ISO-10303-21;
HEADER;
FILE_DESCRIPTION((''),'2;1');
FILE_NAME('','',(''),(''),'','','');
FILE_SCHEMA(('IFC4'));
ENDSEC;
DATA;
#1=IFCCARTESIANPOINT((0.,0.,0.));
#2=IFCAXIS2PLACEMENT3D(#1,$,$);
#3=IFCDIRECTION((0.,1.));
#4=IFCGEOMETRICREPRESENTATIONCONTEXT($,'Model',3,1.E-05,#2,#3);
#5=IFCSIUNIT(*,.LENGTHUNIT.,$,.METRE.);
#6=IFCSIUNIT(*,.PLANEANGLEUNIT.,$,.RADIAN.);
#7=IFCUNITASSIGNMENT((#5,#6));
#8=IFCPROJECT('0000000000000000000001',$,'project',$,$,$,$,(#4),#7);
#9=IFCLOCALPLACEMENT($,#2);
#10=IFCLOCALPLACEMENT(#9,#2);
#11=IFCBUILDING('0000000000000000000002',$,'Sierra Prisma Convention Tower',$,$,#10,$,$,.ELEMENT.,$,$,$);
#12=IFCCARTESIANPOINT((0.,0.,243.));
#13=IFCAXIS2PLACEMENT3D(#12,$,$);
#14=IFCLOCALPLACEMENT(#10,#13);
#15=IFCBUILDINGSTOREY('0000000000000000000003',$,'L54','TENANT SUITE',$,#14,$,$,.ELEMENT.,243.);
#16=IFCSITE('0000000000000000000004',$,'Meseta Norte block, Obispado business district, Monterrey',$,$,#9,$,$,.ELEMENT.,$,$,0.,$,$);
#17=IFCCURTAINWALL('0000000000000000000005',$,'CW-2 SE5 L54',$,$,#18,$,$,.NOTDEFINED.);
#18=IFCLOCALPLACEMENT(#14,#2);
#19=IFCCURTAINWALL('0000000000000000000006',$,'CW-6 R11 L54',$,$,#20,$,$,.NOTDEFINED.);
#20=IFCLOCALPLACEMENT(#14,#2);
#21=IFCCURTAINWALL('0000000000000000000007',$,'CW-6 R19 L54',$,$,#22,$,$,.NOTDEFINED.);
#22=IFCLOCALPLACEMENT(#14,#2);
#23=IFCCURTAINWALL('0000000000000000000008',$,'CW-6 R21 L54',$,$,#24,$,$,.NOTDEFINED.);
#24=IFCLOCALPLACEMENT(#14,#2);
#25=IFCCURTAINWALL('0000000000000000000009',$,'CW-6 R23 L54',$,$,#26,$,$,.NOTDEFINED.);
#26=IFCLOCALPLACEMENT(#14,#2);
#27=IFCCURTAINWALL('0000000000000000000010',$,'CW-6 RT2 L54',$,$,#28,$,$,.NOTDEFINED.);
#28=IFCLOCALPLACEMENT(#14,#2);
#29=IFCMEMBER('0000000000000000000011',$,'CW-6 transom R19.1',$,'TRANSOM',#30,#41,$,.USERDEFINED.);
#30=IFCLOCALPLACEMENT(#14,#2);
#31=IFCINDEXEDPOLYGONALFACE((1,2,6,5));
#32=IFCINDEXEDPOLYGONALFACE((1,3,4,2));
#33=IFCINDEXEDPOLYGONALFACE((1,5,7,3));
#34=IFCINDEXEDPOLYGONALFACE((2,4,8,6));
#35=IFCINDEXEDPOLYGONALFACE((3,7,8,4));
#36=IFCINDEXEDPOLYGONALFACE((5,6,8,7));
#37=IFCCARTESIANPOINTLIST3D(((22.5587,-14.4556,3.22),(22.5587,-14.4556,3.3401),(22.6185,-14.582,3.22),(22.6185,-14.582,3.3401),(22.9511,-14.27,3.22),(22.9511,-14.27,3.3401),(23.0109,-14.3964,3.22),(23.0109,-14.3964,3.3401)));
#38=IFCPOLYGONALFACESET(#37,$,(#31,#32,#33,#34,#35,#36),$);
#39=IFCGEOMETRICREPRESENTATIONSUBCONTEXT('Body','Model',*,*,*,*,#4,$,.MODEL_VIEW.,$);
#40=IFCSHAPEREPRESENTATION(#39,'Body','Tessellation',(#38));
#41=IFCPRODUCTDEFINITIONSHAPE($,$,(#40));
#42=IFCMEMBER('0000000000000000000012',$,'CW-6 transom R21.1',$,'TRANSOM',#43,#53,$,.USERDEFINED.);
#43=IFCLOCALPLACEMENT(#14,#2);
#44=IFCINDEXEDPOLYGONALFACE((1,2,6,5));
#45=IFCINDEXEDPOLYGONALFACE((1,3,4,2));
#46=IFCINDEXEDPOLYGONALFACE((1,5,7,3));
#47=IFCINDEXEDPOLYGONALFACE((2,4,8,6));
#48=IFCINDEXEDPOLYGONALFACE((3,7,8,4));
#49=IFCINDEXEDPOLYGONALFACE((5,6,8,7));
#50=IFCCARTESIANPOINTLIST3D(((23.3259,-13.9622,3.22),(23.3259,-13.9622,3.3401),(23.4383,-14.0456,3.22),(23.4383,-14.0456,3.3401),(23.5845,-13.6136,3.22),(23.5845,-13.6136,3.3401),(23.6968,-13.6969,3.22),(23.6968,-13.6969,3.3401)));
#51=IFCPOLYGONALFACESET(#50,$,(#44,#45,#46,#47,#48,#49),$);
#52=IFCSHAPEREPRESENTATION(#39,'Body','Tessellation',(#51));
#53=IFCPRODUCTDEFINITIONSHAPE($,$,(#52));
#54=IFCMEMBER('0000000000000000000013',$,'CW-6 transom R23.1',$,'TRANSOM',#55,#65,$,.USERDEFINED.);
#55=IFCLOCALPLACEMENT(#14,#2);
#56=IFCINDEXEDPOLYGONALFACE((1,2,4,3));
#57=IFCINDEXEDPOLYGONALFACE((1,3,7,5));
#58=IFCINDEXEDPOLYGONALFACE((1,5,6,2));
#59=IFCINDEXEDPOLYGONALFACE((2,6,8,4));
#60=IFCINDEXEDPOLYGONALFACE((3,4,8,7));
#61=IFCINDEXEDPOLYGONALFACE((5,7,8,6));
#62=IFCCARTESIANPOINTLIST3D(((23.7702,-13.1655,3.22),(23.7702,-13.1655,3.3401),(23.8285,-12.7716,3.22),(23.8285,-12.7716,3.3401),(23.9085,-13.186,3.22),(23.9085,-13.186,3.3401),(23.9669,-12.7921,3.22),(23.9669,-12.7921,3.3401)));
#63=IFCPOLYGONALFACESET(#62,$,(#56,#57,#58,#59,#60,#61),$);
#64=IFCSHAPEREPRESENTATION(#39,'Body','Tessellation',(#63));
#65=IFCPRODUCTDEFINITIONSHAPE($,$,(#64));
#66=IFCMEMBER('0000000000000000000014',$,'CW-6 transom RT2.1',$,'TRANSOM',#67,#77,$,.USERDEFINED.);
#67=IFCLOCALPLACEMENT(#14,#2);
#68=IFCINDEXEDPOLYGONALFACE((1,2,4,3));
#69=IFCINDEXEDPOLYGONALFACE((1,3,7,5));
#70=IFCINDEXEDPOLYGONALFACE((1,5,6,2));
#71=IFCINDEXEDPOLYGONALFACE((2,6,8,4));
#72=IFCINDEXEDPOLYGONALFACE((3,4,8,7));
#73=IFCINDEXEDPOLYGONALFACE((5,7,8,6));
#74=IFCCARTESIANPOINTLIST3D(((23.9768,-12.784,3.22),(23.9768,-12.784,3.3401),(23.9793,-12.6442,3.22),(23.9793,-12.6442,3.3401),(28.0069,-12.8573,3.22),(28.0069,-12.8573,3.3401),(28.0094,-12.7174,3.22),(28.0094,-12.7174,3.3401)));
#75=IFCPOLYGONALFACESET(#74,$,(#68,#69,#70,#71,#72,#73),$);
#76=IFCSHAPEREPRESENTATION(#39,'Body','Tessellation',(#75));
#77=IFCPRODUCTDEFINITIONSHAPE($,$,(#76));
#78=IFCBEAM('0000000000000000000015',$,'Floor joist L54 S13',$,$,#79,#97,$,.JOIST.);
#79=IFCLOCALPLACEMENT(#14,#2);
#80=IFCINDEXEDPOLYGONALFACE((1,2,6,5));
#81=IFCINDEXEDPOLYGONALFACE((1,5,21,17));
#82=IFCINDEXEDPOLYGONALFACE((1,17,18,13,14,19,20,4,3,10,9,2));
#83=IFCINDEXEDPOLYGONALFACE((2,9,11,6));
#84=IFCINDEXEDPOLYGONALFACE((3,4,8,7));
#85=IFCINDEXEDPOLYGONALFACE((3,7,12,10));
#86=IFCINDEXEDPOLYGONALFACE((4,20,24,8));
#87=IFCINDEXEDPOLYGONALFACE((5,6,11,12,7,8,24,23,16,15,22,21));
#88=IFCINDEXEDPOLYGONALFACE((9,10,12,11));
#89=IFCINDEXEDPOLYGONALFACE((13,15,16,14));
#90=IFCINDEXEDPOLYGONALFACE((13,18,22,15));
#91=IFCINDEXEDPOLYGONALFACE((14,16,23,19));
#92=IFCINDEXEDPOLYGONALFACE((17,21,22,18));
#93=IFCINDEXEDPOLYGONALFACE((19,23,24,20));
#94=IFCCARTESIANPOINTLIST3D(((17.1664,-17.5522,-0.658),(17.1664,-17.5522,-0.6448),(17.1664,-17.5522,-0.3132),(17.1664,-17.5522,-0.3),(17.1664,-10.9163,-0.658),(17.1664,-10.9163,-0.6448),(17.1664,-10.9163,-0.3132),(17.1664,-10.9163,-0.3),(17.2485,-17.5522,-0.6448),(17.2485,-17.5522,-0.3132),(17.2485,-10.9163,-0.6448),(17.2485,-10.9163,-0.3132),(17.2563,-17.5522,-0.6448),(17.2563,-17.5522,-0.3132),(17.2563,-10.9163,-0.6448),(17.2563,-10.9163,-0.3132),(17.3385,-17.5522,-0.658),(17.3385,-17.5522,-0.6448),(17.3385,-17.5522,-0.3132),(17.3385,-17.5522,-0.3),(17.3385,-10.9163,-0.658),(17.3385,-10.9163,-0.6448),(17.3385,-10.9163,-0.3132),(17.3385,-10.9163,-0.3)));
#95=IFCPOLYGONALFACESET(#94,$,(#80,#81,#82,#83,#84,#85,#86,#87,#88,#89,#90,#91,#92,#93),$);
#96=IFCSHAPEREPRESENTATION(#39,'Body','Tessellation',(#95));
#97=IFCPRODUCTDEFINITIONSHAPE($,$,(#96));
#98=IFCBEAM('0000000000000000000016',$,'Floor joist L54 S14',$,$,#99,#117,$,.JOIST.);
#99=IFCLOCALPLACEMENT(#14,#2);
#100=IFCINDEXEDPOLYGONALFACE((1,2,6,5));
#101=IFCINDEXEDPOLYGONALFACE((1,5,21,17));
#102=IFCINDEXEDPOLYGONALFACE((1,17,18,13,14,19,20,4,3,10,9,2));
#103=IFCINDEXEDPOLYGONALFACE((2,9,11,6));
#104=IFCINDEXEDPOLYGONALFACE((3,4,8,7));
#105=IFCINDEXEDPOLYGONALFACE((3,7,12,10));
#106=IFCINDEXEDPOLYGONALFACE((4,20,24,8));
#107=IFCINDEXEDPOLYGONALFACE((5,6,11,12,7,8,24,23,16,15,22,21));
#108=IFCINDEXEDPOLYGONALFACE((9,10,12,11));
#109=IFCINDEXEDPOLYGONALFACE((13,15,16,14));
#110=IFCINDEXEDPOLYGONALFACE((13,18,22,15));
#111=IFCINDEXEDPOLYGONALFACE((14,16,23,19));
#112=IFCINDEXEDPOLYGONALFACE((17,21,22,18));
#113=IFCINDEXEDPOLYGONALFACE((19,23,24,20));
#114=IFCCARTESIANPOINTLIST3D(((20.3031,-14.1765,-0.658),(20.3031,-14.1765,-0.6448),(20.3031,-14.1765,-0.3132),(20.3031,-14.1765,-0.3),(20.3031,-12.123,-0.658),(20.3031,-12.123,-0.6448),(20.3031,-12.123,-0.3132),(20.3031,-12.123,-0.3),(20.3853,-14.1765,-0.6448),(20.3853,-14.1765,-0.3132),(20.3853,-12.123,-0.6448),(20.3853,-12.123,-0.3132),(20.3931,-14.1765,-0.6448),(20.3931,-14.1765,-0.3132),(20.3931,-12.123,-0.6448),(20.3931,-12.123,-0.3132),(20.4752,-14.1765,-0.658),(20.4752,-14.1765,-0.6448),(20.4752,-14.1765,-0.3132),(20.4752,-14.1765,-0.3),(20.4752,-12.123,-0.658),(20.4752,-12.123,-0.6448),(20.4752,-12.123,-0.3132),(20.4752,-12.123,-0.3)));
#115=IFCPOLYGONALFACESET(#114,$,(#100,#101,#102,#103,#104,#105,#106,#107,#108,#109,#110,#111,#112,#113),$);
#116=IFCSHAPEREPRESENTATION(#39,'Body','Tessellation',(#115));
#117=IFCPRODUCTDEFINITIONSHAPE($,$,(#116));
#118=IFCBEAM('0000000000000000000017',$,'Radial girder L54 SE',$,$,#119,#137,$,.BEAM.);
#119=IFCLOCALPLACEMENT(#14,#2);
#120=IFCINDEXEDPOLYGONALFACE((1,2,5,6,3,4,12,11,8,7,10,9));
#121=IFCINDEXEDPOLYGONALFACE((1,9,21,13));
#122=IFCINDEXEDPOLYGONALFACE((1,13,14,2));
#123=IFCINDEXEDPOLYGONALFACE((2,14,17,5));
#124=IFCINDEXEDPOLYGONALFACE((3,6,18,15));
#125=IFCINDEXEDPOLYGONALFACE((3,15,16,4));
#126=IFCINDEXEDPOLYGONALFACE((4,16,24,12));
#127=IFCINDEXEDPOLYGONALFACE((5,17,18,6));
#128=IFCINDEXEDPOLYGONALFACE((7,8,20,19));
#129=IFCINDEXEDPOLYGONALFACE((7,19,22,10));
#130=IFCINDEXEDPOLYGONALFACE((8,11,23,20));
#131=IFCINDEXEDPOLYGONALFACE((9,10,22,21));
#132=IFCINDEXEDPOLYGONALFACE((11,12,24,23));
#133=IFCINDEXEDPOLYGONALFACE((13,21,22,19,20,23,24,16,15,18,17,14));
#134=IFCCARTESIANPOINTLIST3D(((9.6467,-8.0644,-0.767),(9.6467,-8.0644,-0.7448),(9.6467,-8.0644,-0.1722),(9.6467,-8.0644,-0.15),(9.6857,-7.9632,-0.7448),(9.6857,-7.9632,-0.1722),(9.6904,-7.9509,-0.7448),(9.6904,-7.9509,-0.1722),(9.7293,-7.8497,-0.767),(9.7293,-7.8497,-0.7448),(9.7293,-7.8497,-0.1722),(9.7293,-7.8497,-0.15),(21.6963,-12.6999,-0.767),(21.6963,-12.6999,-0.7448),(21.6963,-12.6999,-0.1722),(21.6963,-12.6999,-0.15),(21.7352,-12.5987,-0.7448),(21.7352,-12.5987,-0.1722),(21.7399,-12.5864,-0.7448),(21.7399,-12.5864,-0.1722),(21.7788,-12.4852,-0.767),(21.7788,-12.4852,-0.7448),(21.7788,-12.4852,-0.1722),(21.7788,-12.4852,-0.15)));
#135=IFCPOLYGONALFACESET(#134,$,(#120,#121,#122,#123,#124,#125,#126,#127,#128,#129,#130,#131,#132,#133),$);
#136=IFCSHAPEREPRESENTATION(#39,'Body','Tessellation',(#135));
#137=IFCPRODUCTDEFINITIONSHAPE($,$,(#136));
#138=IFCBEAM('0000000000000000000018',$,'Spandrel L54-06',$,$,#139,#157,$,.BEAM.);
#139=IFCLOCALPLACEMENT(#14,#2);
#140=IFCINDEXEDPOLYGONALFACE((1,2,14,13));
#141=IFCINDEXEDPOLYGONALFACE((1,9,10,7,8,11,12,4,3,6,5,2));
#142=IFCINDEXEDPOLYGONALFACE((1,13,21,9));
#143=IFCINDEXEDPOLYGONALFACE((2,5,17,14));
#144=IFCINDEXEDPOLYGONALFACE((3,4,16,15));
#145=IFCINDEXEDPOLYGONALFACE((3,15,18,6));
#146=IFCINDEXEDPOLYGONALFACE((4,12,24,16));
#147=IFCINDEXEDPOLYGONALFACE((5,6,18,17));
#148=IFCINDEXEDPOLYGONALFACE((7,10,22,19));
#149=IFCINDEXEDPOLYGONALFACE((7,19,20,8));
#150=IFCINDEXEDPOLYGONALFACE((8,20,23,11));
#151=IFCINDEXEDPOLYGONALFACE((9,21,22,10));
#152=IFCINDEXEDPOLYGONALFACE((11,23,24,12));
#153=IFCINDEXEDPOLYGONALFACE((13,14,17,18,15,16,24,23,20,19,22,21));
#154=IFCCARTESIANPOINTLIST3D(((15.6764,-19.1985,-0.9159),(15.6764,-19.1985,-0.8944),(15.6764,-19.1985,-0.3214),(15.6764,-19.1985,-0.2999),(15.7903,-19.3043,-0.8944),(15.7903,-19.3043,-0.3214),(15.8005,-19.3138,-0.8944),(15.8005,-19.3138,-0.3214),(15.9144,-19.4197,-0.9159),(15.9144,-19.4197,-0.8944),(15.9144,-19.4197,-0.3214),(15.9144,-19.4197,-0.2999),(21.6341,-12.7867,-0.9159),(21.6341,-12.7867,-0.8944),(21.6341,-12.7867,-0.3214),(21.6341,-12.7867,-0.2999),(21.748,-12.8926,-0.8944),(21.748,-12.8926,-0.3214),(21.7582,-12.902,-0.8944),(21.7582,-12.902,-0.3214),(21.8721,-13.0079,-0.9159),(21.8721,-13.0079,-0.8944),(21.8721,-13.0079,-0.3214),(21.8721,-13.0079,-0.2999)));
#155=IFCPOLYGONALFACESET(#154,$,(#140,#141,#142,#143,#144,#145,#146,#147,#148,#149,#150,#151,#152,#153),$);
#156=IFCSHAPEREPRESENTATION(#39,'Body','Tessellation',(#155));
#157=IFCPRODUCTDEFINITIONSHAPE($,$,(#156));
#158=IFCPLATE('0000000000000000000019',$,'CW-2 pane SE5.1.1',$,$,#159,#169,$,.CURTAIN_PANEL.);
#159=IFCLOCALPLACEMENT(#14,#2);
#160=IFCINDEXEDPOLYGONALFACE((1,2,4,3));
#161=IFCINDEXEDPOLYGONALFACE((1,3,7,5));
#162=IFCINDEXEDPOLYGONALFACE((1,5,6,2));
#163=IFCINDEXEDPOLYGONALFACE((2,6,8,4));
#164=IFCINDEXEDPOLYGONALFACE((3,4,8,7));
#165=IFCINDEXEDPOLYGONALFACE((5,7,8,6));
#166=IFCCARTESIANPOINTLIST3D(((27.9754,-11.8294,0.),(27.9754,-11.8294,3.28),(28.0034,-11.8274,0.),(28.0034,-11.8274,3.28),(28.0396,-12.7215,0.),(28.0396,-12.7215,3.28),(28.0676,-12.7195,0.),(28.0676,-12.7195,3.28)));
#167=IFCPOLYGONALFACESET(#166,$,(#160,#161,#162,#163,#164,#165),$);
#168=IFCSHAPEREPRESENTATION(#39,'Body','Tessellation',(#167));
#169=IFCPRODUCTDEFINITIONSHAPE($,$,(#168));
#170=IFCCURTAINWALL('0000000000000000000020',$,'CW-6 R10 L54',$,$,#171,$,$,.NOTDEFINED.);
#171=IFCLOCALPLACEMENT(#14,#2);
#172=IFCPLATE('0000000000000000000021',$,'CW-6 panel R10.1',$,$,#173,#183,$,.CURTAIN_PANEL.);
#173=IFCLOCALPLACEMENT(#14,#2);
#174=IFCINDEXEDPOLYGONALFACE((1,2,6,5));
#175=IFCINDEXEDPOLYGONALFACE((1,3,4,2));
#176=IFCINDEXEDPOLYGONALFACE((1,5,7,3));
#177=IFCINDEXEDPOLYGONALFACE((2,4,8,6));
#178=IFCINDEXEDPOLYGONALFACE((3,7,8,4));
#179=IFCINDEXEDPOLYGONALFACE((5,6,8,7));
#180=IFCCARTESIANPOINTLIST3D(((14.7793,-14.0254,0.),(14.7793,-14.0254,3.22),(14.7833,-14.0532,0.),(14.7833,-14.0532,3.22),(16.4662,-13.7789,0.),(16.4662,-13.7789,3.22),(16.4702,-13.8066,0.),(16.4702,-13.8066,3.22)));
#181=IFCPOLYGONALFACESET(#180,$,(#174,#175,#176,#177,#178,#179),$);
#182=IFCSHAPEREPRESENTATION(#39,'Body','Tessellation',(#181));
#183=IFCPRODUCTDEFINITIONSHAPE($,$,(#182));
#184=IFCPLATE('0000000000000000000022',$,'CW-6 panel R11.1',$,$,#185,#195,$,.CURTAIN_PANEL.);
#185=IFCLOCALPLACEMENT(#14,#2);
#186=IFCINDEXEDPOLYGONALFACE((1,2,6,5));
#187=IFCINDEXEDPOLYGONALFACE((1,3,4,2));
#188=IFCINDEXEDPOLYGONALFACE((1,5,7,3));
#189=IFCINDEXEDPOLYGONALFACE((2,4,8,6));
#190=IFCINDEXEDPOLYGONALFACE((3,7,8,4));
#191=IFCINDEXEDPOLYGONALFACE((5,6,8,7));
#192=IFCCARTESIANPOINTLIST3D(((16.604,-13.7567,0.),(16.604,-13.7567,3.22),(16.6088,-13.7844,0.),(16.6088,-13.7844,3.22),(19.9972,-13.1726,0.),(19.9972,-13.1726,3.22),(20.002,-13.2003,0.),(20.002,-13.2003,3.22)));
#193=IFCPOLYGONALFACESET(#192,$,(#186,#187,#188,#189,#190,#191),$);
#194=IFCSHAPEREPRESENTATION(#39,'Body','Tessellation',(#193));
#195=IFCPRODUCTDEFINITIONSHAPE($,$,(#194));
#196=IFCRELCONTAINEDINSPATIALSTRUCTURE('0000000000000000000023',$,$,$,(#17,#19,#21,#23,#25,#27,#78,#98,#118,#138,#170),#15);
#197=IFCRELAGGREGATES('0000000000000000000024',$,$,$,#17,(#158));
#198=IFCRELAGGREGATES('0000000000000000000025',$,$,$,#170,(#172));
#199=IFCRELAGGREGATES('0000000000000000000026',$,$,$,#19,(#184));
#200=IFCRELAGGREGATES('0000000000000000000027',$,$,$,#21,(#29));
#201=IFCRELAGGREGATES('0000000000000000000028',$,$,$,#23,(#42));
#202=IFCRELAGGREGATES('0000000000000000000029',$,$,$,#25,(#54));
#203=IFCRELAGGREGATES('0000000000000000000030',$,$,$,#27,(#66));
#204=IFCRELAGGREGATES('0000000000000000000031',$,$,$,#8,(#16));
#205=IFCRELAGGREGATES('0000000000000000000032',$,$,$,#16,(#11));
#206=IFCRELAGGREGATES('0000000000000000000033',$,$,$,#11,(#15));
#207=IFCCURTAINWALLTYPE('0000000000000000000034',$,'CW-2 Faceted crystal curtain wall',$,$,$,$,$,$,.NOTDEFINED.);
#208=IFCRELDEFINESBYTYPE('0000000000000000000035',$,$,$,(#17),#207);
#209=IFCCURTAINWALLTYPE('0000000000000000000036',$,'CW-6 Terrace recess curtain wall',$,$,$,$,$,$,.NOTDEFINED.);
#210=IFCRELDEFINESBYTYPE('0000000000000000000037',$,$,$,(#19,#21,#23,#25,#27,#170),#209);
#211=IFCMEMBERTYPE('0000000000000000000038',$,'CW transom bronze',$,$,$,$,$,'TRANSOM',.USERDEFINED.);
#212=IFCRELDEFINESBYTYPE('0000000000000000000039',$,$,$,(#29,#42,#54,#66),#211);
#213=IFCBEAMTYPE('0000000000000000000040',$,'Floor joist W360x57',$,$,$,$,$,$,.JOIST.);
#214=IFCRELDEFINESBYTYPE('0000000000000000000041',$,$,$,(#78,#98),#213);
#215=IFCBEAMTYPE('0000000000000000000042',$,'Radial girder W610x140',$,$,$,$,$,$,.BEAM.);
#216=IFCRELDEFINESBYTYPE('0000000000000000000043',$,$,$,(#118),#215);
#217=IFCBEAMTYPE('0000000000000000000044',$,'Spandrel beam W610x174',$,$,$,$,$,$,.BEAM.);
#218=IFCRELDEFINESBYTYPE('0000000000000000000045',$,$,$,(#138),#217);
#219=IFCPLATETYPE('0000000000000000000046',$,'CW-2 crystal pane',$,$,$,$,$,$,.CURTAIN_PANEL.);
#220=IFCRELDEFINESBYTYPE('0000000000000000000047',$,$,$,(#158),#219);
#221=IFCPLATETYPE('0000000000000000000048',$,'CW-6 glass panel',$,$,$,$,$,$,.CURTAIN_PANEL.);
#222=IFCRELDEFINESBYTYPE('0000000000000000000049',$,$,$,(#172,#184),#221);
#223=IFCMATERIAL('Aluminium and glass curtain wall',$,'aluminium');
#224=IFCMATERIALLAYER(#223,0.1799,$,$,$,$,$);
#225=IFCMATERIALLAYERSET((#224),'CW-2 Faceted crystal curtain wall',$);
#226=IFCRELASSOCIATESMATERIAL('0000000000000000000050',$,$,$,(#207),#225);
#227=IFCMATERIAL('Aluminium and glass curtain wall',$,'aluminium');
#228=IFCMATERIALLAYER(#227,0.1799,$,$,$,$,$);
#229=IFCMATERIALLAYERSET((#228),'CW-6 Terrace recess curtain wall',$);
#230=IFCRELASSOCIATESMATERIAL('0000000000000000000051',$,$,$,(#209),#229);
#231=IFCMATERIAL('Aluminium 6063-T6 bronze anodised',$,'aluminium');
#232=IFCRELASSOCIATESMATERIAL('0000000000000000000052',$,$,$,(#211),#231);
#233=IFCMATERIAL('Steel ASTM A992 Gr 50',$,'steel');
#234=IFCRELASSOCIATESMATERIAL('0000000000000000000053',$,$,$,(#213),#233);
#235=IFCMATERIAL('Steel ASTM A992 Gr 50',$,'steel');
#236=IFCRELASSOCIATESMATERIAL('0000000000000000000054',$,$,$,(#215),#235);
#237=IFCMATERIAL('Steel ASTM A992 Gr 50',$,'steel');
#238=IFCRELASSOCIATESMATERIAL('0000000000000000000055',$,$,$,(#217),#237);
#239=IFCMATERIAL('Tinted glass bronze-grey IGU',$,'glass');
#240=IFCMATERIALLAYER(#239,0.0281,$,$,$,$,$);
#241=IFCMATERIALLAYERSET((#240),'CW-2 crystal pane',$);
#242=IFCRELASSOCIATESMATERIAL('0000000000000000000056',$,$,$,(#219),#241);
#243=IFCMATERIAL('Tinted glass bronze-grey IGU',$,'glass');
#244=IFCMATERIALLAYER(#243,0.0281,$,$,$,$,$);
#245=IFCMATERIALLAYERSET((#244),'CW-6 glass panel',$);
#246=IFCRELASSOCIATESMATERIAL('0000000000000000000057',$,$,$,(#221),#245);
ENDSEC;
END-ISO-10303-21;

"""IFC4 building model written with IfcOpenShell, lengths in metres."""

from ifc_helpers import new_model, si_unit, direction, frame, origin, origin_2d, place, context, subcontext, project, spatial, polyline, rectangle, i_section, outline, extrude, material, layer, layer_set, material_profile, profile_set, type_object, element, aggregate, save


model = new_model("IFC4")

# Units and contexts
model_context = context("Model", 3, precision=1e-05, world=origin(), true_north=direction((0.0, 1.0)))
body_context = subcontext(model_context, "Body", "Model", "MODEL_VIEW")
ifc_project = project(units=[si_unit("LENGTHUNIT", "METRE"), si_unit("PLANEANGLEUNIT", "RADIAN")], contexts=[model_context])

# Site, building, storey
site_placement = place(None, origin())
site = spatial("IfcSite", under=ifc_project, at=site_placement, Name="Meseta Norte block, Obispado business district, Monterrey", CompositionType="ELEMENT", RefElevation=0.0)
building_placement = place(site_placement, origin())
building = spatial("IfcBuilding", under=site, at=building_placement, Name="Sierra Prisma Convention Tower", CompositionType="ELEMENT")
storey_placement = place(building_placement, frame((0.0, 0.0, 243.0)))
storey = spatial("IfcBuildingStorey", under=building, at=storey_placement, Name="L54", Description="TENANT SUITE", CompositionType="ELEMENT", Elevation=243.0)

# Curtain walls
ifc_material_1 = material(Name="Aluminium and glass curtain wall", Category="aluminium")
ifc_layer_1 = layer(ifc_material_1, 0.1799)
ifc_layer_set_1 = layer_set([ifc_layer_1], Name="CW-2 Faceted crystal curtain wall")
curtain_wall_type_1 = type_object("IfcCurtainWallType", Name="CW-2 Faceted crystal curtain wall", PredefinedType="NOTDEFINED", material=ifc_layer_set_1)
curtain_wall_1_placement = place(storey_placement, origin())
curtain_wall_1 = element("IfcCurtainWall", 1, at=curtain_wall_1_placement, inside=storey, type_object=curtain_wall_type_1, Name="CW-2 SE5 L54", PredefinedType="NOTDEFINED")
ifc_material_2 = material(Name="Aluminium and glass curtain wall", Category="aluminium")
ifc_layer_2 = layer(ifc_material_2, 0.1799)
ifc_layer_set_2 = layer_set([ifc_layer_2], Name="CW-6 Terrace recess curtain wall")
curtain_wall_type_2 = type_object("IfcCurtainWallType", Name="CW-6 Terrace recess curtain wall", PredefinedType="NOTDEFINED", material=ifc_layer_set_2)
curtain_wall_2_placement = place(storey_placement, origin())
curtain_wall_2 = element("IfcCurtainWall", 2, at=curtain_wall_2_placement, inside=storey, type_object=curtain_wall_type_2, Name="CW-6 R11 L54", PredefinedType="NOTDEFINED")
curtain_wall_3_placement = place(storey_placement, origin())
curtain_wall_3 = element("IfcCurtainWall", 3, at=curtain_wall_3_placement, inside=storey, type_object=curtain_wall_type_2, Name="CW-6 R19 L54", PredefinedType="NOTDEFINED")
curtain_wall_4_placement = place(storey_placement, origin())
curtain_wall_4 = element("IfcCurtainWall", 4, at=curtain_wall_4_placement, inside=storey, type_object=curtain_wall_type_2, Name="CW-6 R21 L54", PredefinedType="NOTDEFINED")

# Curtain wall
curtain_wall_5_placement = place(storey_placement, origin())
curtain_wall_5 = element("IfcCurtainWall", 5, at=curtain_wall_5_placement, inside=storey, type_object=curtain_wall_type_2, Name="CW-6 R23 L54", PredefinedType="NOTDEFINED")

# Curtain wall
curtain_wall_6_placement = place(storey_placement, origin())
curtain_wall_6 = element("IfcCurtainWall", 6, at=curtain_wall_6_placement, inside=storey, type_object=curtain_wall_type_2, Name="CW-6 RT2 L54", PredefinedType="NOTDEFINED")

# Members
ifc_material_3 = material(Name="Aluminium 6063-T6 bronze anodised", Category="aluminium")
ifc_material_profile_1 = material_profile(ifc_material_3, rectangle(XDim=0.1399, YDim=0.1201, at=origin_2d()), Name="ALU TRANSOM 120x140")
ifc_profile_set_1 = profile_set([ifc_material_profile_1], Name="Aluminium 6063-T6 bronze anodised")
member_type_1 = type_object("IfcMemberType", Name="CW transom bronze", ElementType="TRANSOM", PredefinedType="USERDEFINED", material=ifc_profile_set_1)
member_1_placement = place(storey_placement, frame((22.5886, -14.5188, 3.28), z_axis=(0.904001, 0.42753, 0.0), x_axis=(-0.42753, 0.904001, 0.0)))
member_1 = element("IfcMember", 7, at=member_1_placement, type_object=member_type_1, Name="CW-6 transom R19.1", ObjectType="TRANSOM", PredefinedType="USERDEFINED", context=body_context, shape_type="SweptSolid", body=[
    extrude(rectangle(XDim=0.1399, YDim=0.1201, at=origin_2d()), origin(), (0.0, 0.0, 1.0), 0.4341),
])
member_2_placement = place(storey_placement, frame((23.3821, -14.0039, 3.28), z_axis=(0.595671, 0.803228, 0.0), x_axis=(-0.803228, 0.595671, 0.0)))
member_2 = element("IfcMember", 8, at=member_2_placement, type_object=member_type_1, Name="CW-6 transom R21.1", ObjectType="TRANSOM", PredefinedType="USERDEFINED", context=body_context, shape_type="SweptSolid", body=[
    extrude(rectangle(XDim=0.1399, YDim=0.1201, at=origin_2d()), origin(), (0.0, 0.0, 1.0), 0.4341),
])
member_3_placement = place(storey_placement, frame((23.8394, -13.1758, 3.28), z_axis=(0.146571, 0.9892, 0.0), x_axis=(-0.9892, 0.146571, 0.0)))
member_3 = element("IfcMember", 9, at=member_3_placement, type_object=member_type_1, Name="CW-6 transom R23.1", ObjectType="TRANSOM", PredefinedType="USERDEFINED", context=body_context, shape_type="SweptSolid", body=[
    extrude(rectangle(XDim=0.1399, YDim=0.1201, at=origin_2d()), origin(), (0.0, 0.0, 1.0), 0.3982),
])
member_4_placement = place(storey_placement, frame((23.978, -12.7141, 3.28), z_axis=(0.999835, -0.018171, 0.0), x_axis=(0.018171, 0.999835, 0.0)))
member_4 = element("IfcMember", 10, at=member_4_placement, type_object=member_type_1, Name="CW-6 transom RT2.1", ObjectType="TRANSOM", PredefinedType="USERDEFINED", context=body_context, shape_type="SweptSolid", body=[
    extrude(rectangle(XDim=0.1399, YDim=0.1201, at=origin_2d()), origin(), (0.0, 0.0, 1.0), 4.0308),
])

# Beams
ifc_material_4 = material(Name="Steel ASTM A992 Gr 50", Category="steel")
ifc_material_profile_2 = material_profile(ifc_material_4, i_section(OverallWidth=0.1721, OverallDepth=0.3579, WebThickness=0.0078, FlangeThickness=0.0132, at=origin_2d()), Name="W360x57")
ifc_profile_set_2 = profile_set([ifc_material_profile_2], Name="Steel ASTM A992 Gr 50")
beam_type_1 = type_object("IfcBeamType", Name="Floor joist W360x57", PredefinedType="JOIST", material=ifc_profile_set_2)
beam_1_placement = place(storey_placement, frame((17.2524, -17.5522, -0.479), z_axis=(0.0, 1.0, 0.0), x_axis=(-1.0, 0.0, 0.0)))
element("IfcBeam", 11, at=beam_1_placement, inside=storey, type_object=beam_type_1, Name="Floor joist L54 S13", PredefinedType="JOIST", context=body_context, shape_type="SweptSolid", body=[
    extrude(i_section(OverallWidth=0.1721, OverallDepth=0.3579, WebThickness=0.0078, FlangeThickness=0.0132, at=origin_2d()), origin(), (0.0, 0.0, 1.0), 6.636),
])
beam_2_placement = place(storey_placement, frame((20.3892, -14.1765, -0.479), z_axis=(0.0, 1.0, 0.0), x_axis=(-1.0, 0.0, 0.0)))
element("IfcBeam", 12, at=beam_2_placement, inside=storey, type_object=beam_type_1, Name="Floor joist L54 S14", PredefinedType="JOIST", context=body_context, shape_type="SweptSolid", body=[
    extrude(i_section(OverallWidth=0.1721, OverallDepth=0.3579, WebThickness=0.0078, FlangeThickness=0.0132, at=origin_2d()), origin(), (0.0, 0.0, 1.0), 2.0535),
])
ifc_material_5 = material(Name="Steel ASTM A992 Gr 50", Category="steel")
ifc_material_profile_3 = material_profile(ifc_material_5, i_section(OverallWidth=0.23, OverallDepth=0.6169, WebThickness=0.0132, FlangeThickness=0.0222, at=origin_2d()), Name="W610x140")
ifc_profile_set_3 = profile_set([ifc_material_profile_3], Name="Steel ASTM A992 Gr 50")
beam_type_2 = type_object("IfcBeamType", Name="Radial girder W610x140", PredefinedType="BEAM", material=ifc_profile_set_3)
beam_3_placement = place(storey_placement, frame((21.7375, -12.5925, -0.4585), z_axis=(-0.933318, 0.35905, 0.0), x_axis=(-0.35905, -0.933318, 0.0)))
element("IfcBeam", 13, at=beam_3_placement, inside=storey, type_object=beam_type_2, Name="Radial girder L54 SE", PredefinedType="BEAM", context=body_context, shape_type="SweptSolid", body=[
    extrude(i_section(OverallWidth=0.23, OverallDepth=0.6169, WebThickness=0.0132, FlangeThickness=0.0222, at=origin_2d()), origin(), (0.0, 0.0, 1.0), 12.9104),
])
ifc_material_6 = material(Name="Steel ASTM A992 Gr 50", Category="steel")
ifc_material_profile_4 = material_profile(ifc_material_6, i_section(OverallWidth=0.325, OverallDepth=0.616, WebThickness=0.0139, FlangeThickness=0.0215, at=origin_2d()), Name="W610x174")
ifc_profile_set_4 = profile_set([ifc_material_profile_4], Name="Steel ASTM A992 Gr 50")
beam_type_3 = type_object("IfcBeamType", Name="Spandrel beam W610x174", PredefinedType="BEAM", material=ifc_profile_set_4)
beam_4_placement = place(storey_placement, frame((15.7954, -19.3091, -0.6079), z_axis=(0.68069, 0.732572, 0.0), x_axis=(-0.732572, 0.68069, 0.0)))
element("IfcBeam", 14, at=beam_4_placement, inside=storey, type_object=beam_type_3, Name="Spandrel L54-06", PredefinedType="BEAM", context=body_context, shape_type="SweptSolid", body=[
    extrude(i_section(OverallWidth=0.325, OverallDepth=0.616, WebThickness=0.0139, FlangeThickness=0.0215, at=origin_2d()), origin(), (0.0, 0.0, 1.0), 8.7524),
])

# Plate
ifc_material_7 = material(Name="Tinted glass bronze-grey IGU", Category="glass")
ifc_layer_3 = layer(ifc_material_7, 0.0281)
ifc_layer_set_3 = layer_set([ifc_layer_3], Name="CW-2 crystal pane")
plate_type_1 = type_object("IfcPlateType", Name="CW-2 crystal pane", PredefinedType="CURTAIN_PANEL", material=ifc_layer_set_3)
plate_1_placement = place(storey_placement, frame((28.0676, -12.7195, 0.0), z_axis=(0.99742, 0.07179, 0.0), x_axis=(-0.07179, 0.99742, 0.0)))
plate_1 = element("IfcPlate", 15, at=plate_1_placement, type_object=plate_type_1, Name="CW-2 pane SE5.1.1", PredefinedType="CURTAIN_PANEL", context=body_context, shape_type="SweptSolid", body=[
    extrude(outline(polyline([(0.0, 0.0), (0.8944, 0.0), (0.8944, 3.28), (0.0, 3.28), (0.0, 0.0)])), origin(), (0.0, 0.0, -1.0), 0.0281),
])
aggregate(curtain_wall_1, [plate_1])

# Curtain wall, plate
curtain_wall_7_placement = place(storey_placement, origin())
curtain_wall_7 = element("IfcCurtainWall", 16, at=curtain_wall_7_placement, inside=storey, type_object=curtain_wall_type_2, Name="CW-6 R10 L54", PredefinedType="NOTDEFINED")
ifc_material_8 = material(Name="Tinted glass bronze-grey IGU", Category="glass")
ifc_layer_4 = layer(ifc_material_8, 0.0281)
ifc_layer_set_4 = layer_set([ifc_layer_4], Name="CW-6 glass panel")
plate_type_2 = type_object("IfcPlateType", Name="CW-6 glass panel", PredefinedType="CURTAIN_PANEL", material=ifc_layer_set_4)
plate_2_placement = place(storey_placement, frame((15.6248, -13.916, 0.0), z_axis=(0.0, 0.0, 1.0), x_axis=(0.98949, 0.144601, 0.0)))
plate_2 = element("IfcPlate", 17, at=plate_2_placement, type_object=plate_type_2, Name="CW-6 panel R10.1", PredefinedType="CURTAIN_PANEL", context=body_context, shape_type="SweptSolid", body=[
    extrude(rectangle(XDim=1.7048, YDim=0.0281, at=origin_2d()), origin(), (0.0, 0.0, 1.0), 3.22),
])
aggregate(curtain_wall_7, [plate_2])

# Plate
plate_3_placement = place(storey_placement, frame((18.303, -13.4785, 0.0), z_axis=(0.0, 0.0, 1.0), x_axis=(0.985506, 0.16964, 0.0)))
plate_3 = element("IfcPlate", 18, at=plate_3_placement, type_object=plate_type_2, Name="CW-6 panel R11.1", PredefinedType="CURTAIN_PANEL", context=body_context, shape_type="SweptSolid", body=[
    extrude(rectangle(XDim=3.4431, YDim=0.0281, at=origin_2d()), origin(), (0.0, 0.0, 1.0), 3.22),
])
aggregate(curtain_wall_2, [plate_3])
aggregate(curtain_wall_3, [member_1])
aggregate(curtain_wall_4, [member_2])
aggregate(curtain_wall_5, [member_3])
aggregate(curtain_wall_6, [member_4])

save(model, "model.ifc")
